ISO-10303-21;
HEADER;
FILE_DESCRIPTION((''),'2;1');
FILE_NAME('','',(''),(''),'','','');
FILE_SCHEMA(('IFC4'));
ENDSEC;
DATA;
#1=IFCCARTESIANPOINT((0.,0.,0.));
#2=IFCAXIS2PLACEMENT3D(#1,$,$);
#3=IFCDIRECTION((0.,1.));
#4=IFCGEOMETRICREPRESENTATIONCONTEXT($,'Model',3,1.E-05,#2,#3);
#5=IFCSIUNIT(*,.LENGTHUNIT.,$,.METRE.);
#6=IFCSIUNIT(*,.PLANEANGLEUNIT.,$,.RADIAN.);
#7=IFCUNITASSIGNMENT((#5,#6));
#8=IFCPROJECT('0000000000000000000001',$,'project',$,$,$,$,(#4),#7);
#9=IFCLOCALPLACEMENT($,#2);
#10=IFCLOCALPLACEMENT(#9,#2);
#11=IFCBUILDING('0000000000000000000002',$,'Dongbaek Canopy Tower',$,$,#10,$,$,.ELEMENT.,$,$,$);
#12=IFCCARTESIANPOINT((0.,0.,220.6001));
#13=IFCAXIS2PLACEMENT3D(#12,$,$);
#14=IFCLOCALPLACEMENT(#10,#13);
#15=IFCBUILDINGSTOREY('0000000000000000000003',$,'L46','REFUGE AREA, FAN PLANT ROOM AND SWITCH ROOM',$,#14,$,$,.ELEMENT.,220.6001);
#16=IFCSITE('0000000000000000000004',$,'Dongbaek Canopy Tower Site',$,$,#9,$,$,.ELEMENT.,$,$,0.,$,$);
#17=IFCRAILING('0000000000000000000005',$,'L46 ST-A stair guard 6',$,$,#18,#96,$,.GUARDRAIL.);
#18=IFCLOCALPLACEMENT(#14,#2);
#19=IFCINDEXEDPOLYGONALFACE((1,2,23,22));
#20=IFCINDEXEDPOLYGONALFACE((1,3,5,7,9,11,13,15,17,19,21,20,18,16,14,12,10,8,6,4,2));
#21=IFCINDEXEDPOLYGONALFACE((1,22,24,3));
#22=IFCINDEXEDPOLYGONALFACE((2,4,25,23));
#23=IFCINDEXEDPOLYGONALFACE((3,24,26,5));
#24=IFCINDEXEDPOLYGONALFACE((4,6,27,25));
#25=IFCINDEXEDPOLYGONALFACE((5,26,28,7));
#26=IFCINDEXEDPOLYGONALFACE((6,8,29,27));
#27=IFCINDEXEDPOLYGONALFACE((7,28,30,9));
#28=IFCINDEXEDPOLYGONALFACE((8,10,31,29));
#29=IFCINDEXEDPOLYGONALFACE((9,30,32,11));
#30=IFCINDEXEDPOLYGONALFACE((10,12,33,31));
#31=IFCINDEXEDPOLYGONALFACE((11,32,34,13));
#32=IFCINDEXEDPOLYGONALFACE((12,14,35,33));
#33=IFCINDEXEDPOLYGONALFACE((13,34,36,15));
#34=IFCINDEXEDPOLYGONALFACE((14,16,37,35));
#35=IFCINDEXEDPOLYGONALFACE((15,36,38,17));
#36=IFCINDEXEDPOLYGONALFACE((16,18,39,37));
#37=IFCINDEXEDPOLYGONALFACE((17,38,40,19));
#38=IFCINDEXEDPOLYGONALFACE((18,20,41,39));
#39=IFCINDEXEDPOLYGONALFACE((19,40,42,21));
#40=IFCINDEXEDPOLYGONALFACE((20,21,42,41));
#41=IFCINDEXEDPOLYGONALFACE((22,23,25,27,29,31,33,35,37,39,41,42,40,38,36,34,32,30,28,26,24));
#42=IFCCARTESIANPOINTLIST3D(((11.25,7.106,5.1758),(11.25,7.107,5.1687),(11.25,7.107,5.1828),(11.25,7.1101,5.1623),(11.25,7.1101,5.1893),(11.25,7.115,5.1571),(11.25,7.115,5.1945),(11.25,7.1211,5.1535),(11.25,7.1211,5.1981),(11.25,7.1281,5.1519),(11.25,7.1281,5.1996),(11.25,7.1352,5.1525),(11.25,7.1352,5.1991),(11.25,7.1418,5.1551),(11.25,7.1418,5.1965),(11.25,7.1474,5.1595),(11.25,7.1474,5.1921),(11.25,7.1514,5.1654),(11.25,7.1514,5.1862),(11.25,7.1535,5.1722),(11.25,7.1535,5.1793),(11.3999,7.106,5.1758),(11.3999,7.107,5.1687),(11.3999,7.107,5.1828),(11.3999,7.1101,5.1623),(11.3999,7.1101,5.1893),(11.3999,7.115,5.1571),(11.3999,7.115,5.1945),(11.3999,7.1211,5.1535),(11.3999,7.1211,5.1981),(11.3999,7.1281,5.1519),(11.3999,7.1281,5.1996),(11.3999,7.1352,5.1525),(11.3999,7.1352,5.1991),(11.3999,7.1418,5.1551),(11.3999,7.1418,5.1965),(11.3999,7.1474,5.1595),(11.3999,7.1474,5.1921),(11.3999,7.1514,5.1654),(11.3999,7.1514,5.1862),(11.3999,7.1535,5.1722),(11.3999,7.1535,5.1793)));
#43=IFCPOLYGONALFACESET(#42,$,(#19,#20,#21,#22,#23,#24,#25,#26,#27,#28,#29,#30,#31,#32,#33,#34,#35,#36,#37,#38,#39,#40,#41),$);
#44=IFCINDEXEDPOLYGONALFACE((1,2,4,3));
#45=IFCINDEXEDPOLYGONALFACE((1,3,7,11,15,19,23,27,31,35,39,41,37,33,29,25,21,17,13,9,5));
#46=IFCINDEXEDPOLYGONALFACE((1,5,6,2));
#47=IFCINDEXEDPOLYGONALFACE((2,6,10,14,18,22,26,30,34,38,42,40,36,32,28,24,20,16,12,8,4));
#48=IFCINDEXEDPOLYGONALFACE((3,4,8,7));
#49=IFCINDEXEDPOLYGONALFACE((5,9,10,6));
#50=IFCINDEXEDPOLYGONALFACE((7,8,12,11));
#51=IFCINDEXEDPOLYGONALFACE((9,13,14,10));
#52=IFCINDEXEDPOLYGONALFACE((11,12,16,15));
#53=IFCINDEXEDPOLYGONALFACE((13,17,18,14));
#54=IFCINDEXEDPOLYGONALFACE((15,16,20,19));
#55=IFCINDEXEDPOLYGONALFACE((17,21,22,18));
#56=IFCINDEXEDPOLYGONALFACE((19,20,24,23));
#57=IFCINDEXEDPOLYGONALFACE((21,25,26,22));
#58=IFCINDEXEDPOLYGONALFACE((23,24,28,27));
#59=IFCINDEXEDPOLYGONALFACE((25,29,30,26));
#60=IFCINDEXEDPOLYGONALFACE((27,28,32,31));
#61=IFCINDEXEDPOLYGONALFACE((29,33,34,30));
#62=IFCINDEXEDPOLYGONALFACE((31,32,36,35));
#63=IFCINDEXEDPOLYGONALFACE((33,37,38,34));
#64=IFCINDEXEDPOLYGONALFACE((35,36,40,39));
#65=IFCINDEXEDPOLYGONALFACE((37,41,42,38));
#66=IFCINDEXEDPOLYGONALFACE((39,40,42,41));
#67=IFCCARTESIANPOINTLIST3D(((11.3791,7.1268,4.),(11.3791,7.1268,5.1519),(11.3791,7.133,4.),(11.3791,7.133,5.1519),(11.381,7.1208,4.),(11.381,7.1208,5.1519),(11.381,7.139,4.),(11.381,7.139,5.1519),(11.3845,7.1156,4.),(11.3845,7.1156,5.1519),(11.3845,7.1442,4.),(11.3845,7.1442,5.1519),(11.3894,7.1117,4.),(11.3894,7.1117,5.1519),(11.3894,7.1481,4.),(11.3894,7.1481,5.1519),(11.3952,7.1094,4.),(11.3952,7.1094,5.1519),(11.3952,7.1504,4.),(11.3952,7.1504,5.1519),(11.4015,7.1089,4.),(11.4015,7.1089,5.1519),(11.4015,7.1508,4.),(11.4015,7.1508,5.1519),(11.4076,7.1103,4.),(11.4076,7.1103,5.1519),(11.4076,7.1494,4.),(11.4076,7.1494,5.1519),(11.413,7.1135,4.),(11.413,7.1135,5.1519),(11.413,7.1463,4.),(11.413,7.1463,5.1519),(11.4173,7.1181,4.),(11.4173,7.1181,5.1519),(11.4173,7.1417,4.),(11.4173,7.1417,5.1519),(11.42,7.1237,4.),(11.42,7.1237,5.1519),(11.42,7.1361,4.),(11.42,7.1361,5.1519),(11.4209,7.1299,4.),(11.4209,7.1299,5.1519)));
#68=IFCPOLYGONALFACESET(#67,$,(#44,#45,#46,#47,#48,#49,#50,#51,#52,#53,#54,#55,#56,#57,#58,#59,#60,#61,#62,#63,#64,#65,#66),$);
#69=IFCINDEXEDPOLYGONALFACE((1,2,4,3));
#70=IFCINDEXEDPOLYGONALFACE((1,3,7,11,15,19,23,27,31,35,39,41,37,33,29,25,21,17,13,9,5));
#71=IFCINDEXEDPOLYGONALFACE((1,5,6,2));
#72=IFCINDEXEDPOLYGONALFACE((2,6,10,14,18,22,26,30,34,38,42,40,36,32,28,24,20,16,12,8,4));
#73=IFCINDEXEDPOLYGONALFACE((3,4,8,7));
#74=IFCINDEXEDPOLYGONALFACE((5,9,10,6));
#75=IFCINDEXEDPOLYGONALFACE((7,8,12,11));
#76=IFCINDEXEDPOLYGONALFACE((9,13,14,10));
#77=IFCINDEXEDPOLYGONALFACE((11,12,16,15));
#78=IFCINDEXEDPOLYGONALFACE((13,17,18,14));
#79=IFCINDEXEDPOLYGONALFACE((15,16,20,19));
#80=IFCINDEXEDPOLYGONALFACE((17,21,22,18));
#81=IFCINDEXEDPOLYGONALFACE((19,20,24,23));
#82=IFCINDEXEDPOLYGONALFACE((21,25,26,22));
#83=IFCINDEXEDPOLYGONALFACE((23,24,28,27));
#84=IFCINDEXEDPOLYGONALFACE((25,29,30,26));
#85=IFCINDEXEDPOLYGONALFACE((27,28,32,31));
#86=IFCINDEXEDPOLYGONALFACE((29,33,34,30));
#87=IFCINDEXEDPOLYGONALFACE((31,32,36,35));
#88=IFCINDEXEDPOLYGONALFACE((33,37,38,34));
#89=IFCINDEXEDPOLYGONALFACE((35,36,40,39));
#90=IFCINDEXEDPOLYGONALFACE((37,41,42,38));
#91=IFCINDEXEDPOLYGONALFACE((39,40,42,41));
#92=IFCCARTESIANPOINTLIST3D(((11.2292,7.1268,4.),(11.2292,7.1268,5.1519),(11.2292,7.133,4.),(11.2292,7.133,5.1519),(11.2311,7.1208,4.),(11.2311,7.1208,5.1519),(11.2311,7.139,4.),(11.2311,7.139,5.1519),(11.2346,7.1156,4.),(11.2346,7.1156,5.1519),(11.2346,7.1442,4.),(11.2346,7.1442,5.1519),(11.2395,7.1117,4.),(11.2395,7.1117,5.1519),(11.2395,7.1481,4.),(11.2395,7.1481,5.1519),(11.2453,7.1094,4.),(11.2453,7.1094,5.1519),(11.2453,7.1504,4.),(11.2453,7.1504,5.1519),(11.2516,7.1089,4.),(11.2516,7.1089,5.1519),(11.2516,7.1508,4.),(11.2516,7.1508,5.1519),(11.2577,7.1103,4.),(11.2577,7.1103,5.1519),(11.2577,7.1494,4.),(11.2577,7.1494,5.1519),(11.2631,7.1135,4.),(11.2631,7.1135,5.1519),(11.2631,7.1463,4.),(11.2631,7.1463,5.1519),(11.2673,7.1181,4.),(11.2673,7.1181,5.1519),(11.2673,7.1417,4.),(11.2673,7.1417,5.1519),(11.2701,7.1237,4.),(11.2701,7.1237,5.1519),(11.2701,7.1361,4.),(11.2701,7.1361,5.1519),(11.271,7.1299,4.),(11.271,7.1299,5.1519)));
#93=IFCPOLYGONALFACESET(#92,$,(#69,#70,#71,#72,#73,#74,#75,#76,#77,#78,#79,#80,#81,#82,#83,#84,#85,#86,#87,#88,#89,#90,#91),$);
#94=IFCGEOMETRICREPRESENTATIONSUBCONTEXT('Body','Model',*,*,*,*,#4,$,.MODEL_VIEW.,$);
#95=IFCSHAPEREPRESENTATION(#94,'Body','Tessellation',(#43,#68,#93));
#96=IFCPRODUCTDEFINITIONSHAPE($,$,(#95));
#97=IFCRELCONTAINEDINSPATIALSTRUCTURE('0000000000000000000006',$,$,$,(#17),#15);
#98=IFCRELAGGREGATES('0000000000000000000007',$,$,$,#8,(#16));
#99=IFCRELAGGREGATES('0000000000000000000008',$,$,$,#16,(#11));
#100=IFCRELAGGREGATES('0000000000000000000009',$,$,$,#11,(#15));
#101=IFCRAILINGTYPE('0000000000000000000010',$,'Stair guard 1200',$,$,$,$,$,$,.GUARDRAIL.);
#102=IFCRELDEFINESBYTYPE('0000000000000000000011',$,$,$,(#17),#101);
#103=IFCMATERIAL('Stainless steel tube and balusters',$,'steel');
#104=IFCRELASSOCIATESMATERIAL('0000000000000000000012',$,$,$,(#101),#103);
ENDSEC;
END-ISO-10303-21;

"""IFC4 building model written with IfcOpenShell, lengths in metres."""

from ifc_helpers import new_model, si_unit, direction, frame, origin, origin_2d, place, context, subcontext, project, spatial, circle, extrude, material, type_object, element, save


model = new_model("IFC4")

# Units and contexts
model_context = context("Model", 3, precision=1e-05, world=origin(), true_north=direction((0.0, 1.0)))
body_context = subcontext(model_context, "Body", "Model", "MODEL_VIEW")
ifc_project = project(units=[si_unit("LENGTHUNIT", "METRE"), si_unit("PLANEANGLEUNIT", "RADIAN")], contexts=[model_context])

# Site, building, storey
site_placement = place(None, origin())
site = spatial("IfcSite", under=ifc_project, at=site_placement, Name="Dongbaek Canopy Tower Site", CompositionType="ELEMENT", RefElevation=0.0)
building_placement = place(site_placement, origin())
building = spatial("IfcBuilding", under=site, at=building_placement, Name="Dongbaek Canopy Tower", CompositionType="ELEMENT")
storey_placement = place(building_placement, frame((0.0, 0.0, 220.6001)))
storey = spatial("IfcBuildingStorey", under=building, at=storey_placement, Name="L46", Description="REFUGE AREA, FAN PLANT ROOM AND SWITCH ROOM", CompositionType="ELEMENT", Elevation=220.6001)

# Railing
ifc_material_1 = material(Name="Stainless steel tube and balusters", Category="steel")
railing_type = type_object("IfcRailingType", Name="Stair guard 1200", PredefinedType="GUARDRAIL", material=ifc_material_1)
railing_1_placement = place(storey_placement, frame((11.3999, 7.1299, 4.0)))
element("IfcRailing", 1, at=railing_1_placement, inside=storey, type_object=railing_type, Name="L46 ST-A stair guard 6", PredefinedType="GUARDRAIL", context=body_context, shape_type="SweptSolid", body=[
    extrude(circle(Radius=0.0239, at=origin_2d()), frame((0.0, 0.0, 1.1758), z_axis=(-1.0, 0.0, 0.0), x_axis=(0.0, -1.0, 0.0)), (0.0, 0.0, 1.0), 0.1499),
    extrude(circle(Radius=0.021, at=origin_2d()), origin(), (0.0, 0.0, 1.0), 1.1519),
    extrude(circle(Radius=0.021, at=origin_2d()), frame((-0.1499, 0.0, 0.0)), (0.0, 0.0, 1.0), 1.1519),
])

save(model, "model.ifc")
